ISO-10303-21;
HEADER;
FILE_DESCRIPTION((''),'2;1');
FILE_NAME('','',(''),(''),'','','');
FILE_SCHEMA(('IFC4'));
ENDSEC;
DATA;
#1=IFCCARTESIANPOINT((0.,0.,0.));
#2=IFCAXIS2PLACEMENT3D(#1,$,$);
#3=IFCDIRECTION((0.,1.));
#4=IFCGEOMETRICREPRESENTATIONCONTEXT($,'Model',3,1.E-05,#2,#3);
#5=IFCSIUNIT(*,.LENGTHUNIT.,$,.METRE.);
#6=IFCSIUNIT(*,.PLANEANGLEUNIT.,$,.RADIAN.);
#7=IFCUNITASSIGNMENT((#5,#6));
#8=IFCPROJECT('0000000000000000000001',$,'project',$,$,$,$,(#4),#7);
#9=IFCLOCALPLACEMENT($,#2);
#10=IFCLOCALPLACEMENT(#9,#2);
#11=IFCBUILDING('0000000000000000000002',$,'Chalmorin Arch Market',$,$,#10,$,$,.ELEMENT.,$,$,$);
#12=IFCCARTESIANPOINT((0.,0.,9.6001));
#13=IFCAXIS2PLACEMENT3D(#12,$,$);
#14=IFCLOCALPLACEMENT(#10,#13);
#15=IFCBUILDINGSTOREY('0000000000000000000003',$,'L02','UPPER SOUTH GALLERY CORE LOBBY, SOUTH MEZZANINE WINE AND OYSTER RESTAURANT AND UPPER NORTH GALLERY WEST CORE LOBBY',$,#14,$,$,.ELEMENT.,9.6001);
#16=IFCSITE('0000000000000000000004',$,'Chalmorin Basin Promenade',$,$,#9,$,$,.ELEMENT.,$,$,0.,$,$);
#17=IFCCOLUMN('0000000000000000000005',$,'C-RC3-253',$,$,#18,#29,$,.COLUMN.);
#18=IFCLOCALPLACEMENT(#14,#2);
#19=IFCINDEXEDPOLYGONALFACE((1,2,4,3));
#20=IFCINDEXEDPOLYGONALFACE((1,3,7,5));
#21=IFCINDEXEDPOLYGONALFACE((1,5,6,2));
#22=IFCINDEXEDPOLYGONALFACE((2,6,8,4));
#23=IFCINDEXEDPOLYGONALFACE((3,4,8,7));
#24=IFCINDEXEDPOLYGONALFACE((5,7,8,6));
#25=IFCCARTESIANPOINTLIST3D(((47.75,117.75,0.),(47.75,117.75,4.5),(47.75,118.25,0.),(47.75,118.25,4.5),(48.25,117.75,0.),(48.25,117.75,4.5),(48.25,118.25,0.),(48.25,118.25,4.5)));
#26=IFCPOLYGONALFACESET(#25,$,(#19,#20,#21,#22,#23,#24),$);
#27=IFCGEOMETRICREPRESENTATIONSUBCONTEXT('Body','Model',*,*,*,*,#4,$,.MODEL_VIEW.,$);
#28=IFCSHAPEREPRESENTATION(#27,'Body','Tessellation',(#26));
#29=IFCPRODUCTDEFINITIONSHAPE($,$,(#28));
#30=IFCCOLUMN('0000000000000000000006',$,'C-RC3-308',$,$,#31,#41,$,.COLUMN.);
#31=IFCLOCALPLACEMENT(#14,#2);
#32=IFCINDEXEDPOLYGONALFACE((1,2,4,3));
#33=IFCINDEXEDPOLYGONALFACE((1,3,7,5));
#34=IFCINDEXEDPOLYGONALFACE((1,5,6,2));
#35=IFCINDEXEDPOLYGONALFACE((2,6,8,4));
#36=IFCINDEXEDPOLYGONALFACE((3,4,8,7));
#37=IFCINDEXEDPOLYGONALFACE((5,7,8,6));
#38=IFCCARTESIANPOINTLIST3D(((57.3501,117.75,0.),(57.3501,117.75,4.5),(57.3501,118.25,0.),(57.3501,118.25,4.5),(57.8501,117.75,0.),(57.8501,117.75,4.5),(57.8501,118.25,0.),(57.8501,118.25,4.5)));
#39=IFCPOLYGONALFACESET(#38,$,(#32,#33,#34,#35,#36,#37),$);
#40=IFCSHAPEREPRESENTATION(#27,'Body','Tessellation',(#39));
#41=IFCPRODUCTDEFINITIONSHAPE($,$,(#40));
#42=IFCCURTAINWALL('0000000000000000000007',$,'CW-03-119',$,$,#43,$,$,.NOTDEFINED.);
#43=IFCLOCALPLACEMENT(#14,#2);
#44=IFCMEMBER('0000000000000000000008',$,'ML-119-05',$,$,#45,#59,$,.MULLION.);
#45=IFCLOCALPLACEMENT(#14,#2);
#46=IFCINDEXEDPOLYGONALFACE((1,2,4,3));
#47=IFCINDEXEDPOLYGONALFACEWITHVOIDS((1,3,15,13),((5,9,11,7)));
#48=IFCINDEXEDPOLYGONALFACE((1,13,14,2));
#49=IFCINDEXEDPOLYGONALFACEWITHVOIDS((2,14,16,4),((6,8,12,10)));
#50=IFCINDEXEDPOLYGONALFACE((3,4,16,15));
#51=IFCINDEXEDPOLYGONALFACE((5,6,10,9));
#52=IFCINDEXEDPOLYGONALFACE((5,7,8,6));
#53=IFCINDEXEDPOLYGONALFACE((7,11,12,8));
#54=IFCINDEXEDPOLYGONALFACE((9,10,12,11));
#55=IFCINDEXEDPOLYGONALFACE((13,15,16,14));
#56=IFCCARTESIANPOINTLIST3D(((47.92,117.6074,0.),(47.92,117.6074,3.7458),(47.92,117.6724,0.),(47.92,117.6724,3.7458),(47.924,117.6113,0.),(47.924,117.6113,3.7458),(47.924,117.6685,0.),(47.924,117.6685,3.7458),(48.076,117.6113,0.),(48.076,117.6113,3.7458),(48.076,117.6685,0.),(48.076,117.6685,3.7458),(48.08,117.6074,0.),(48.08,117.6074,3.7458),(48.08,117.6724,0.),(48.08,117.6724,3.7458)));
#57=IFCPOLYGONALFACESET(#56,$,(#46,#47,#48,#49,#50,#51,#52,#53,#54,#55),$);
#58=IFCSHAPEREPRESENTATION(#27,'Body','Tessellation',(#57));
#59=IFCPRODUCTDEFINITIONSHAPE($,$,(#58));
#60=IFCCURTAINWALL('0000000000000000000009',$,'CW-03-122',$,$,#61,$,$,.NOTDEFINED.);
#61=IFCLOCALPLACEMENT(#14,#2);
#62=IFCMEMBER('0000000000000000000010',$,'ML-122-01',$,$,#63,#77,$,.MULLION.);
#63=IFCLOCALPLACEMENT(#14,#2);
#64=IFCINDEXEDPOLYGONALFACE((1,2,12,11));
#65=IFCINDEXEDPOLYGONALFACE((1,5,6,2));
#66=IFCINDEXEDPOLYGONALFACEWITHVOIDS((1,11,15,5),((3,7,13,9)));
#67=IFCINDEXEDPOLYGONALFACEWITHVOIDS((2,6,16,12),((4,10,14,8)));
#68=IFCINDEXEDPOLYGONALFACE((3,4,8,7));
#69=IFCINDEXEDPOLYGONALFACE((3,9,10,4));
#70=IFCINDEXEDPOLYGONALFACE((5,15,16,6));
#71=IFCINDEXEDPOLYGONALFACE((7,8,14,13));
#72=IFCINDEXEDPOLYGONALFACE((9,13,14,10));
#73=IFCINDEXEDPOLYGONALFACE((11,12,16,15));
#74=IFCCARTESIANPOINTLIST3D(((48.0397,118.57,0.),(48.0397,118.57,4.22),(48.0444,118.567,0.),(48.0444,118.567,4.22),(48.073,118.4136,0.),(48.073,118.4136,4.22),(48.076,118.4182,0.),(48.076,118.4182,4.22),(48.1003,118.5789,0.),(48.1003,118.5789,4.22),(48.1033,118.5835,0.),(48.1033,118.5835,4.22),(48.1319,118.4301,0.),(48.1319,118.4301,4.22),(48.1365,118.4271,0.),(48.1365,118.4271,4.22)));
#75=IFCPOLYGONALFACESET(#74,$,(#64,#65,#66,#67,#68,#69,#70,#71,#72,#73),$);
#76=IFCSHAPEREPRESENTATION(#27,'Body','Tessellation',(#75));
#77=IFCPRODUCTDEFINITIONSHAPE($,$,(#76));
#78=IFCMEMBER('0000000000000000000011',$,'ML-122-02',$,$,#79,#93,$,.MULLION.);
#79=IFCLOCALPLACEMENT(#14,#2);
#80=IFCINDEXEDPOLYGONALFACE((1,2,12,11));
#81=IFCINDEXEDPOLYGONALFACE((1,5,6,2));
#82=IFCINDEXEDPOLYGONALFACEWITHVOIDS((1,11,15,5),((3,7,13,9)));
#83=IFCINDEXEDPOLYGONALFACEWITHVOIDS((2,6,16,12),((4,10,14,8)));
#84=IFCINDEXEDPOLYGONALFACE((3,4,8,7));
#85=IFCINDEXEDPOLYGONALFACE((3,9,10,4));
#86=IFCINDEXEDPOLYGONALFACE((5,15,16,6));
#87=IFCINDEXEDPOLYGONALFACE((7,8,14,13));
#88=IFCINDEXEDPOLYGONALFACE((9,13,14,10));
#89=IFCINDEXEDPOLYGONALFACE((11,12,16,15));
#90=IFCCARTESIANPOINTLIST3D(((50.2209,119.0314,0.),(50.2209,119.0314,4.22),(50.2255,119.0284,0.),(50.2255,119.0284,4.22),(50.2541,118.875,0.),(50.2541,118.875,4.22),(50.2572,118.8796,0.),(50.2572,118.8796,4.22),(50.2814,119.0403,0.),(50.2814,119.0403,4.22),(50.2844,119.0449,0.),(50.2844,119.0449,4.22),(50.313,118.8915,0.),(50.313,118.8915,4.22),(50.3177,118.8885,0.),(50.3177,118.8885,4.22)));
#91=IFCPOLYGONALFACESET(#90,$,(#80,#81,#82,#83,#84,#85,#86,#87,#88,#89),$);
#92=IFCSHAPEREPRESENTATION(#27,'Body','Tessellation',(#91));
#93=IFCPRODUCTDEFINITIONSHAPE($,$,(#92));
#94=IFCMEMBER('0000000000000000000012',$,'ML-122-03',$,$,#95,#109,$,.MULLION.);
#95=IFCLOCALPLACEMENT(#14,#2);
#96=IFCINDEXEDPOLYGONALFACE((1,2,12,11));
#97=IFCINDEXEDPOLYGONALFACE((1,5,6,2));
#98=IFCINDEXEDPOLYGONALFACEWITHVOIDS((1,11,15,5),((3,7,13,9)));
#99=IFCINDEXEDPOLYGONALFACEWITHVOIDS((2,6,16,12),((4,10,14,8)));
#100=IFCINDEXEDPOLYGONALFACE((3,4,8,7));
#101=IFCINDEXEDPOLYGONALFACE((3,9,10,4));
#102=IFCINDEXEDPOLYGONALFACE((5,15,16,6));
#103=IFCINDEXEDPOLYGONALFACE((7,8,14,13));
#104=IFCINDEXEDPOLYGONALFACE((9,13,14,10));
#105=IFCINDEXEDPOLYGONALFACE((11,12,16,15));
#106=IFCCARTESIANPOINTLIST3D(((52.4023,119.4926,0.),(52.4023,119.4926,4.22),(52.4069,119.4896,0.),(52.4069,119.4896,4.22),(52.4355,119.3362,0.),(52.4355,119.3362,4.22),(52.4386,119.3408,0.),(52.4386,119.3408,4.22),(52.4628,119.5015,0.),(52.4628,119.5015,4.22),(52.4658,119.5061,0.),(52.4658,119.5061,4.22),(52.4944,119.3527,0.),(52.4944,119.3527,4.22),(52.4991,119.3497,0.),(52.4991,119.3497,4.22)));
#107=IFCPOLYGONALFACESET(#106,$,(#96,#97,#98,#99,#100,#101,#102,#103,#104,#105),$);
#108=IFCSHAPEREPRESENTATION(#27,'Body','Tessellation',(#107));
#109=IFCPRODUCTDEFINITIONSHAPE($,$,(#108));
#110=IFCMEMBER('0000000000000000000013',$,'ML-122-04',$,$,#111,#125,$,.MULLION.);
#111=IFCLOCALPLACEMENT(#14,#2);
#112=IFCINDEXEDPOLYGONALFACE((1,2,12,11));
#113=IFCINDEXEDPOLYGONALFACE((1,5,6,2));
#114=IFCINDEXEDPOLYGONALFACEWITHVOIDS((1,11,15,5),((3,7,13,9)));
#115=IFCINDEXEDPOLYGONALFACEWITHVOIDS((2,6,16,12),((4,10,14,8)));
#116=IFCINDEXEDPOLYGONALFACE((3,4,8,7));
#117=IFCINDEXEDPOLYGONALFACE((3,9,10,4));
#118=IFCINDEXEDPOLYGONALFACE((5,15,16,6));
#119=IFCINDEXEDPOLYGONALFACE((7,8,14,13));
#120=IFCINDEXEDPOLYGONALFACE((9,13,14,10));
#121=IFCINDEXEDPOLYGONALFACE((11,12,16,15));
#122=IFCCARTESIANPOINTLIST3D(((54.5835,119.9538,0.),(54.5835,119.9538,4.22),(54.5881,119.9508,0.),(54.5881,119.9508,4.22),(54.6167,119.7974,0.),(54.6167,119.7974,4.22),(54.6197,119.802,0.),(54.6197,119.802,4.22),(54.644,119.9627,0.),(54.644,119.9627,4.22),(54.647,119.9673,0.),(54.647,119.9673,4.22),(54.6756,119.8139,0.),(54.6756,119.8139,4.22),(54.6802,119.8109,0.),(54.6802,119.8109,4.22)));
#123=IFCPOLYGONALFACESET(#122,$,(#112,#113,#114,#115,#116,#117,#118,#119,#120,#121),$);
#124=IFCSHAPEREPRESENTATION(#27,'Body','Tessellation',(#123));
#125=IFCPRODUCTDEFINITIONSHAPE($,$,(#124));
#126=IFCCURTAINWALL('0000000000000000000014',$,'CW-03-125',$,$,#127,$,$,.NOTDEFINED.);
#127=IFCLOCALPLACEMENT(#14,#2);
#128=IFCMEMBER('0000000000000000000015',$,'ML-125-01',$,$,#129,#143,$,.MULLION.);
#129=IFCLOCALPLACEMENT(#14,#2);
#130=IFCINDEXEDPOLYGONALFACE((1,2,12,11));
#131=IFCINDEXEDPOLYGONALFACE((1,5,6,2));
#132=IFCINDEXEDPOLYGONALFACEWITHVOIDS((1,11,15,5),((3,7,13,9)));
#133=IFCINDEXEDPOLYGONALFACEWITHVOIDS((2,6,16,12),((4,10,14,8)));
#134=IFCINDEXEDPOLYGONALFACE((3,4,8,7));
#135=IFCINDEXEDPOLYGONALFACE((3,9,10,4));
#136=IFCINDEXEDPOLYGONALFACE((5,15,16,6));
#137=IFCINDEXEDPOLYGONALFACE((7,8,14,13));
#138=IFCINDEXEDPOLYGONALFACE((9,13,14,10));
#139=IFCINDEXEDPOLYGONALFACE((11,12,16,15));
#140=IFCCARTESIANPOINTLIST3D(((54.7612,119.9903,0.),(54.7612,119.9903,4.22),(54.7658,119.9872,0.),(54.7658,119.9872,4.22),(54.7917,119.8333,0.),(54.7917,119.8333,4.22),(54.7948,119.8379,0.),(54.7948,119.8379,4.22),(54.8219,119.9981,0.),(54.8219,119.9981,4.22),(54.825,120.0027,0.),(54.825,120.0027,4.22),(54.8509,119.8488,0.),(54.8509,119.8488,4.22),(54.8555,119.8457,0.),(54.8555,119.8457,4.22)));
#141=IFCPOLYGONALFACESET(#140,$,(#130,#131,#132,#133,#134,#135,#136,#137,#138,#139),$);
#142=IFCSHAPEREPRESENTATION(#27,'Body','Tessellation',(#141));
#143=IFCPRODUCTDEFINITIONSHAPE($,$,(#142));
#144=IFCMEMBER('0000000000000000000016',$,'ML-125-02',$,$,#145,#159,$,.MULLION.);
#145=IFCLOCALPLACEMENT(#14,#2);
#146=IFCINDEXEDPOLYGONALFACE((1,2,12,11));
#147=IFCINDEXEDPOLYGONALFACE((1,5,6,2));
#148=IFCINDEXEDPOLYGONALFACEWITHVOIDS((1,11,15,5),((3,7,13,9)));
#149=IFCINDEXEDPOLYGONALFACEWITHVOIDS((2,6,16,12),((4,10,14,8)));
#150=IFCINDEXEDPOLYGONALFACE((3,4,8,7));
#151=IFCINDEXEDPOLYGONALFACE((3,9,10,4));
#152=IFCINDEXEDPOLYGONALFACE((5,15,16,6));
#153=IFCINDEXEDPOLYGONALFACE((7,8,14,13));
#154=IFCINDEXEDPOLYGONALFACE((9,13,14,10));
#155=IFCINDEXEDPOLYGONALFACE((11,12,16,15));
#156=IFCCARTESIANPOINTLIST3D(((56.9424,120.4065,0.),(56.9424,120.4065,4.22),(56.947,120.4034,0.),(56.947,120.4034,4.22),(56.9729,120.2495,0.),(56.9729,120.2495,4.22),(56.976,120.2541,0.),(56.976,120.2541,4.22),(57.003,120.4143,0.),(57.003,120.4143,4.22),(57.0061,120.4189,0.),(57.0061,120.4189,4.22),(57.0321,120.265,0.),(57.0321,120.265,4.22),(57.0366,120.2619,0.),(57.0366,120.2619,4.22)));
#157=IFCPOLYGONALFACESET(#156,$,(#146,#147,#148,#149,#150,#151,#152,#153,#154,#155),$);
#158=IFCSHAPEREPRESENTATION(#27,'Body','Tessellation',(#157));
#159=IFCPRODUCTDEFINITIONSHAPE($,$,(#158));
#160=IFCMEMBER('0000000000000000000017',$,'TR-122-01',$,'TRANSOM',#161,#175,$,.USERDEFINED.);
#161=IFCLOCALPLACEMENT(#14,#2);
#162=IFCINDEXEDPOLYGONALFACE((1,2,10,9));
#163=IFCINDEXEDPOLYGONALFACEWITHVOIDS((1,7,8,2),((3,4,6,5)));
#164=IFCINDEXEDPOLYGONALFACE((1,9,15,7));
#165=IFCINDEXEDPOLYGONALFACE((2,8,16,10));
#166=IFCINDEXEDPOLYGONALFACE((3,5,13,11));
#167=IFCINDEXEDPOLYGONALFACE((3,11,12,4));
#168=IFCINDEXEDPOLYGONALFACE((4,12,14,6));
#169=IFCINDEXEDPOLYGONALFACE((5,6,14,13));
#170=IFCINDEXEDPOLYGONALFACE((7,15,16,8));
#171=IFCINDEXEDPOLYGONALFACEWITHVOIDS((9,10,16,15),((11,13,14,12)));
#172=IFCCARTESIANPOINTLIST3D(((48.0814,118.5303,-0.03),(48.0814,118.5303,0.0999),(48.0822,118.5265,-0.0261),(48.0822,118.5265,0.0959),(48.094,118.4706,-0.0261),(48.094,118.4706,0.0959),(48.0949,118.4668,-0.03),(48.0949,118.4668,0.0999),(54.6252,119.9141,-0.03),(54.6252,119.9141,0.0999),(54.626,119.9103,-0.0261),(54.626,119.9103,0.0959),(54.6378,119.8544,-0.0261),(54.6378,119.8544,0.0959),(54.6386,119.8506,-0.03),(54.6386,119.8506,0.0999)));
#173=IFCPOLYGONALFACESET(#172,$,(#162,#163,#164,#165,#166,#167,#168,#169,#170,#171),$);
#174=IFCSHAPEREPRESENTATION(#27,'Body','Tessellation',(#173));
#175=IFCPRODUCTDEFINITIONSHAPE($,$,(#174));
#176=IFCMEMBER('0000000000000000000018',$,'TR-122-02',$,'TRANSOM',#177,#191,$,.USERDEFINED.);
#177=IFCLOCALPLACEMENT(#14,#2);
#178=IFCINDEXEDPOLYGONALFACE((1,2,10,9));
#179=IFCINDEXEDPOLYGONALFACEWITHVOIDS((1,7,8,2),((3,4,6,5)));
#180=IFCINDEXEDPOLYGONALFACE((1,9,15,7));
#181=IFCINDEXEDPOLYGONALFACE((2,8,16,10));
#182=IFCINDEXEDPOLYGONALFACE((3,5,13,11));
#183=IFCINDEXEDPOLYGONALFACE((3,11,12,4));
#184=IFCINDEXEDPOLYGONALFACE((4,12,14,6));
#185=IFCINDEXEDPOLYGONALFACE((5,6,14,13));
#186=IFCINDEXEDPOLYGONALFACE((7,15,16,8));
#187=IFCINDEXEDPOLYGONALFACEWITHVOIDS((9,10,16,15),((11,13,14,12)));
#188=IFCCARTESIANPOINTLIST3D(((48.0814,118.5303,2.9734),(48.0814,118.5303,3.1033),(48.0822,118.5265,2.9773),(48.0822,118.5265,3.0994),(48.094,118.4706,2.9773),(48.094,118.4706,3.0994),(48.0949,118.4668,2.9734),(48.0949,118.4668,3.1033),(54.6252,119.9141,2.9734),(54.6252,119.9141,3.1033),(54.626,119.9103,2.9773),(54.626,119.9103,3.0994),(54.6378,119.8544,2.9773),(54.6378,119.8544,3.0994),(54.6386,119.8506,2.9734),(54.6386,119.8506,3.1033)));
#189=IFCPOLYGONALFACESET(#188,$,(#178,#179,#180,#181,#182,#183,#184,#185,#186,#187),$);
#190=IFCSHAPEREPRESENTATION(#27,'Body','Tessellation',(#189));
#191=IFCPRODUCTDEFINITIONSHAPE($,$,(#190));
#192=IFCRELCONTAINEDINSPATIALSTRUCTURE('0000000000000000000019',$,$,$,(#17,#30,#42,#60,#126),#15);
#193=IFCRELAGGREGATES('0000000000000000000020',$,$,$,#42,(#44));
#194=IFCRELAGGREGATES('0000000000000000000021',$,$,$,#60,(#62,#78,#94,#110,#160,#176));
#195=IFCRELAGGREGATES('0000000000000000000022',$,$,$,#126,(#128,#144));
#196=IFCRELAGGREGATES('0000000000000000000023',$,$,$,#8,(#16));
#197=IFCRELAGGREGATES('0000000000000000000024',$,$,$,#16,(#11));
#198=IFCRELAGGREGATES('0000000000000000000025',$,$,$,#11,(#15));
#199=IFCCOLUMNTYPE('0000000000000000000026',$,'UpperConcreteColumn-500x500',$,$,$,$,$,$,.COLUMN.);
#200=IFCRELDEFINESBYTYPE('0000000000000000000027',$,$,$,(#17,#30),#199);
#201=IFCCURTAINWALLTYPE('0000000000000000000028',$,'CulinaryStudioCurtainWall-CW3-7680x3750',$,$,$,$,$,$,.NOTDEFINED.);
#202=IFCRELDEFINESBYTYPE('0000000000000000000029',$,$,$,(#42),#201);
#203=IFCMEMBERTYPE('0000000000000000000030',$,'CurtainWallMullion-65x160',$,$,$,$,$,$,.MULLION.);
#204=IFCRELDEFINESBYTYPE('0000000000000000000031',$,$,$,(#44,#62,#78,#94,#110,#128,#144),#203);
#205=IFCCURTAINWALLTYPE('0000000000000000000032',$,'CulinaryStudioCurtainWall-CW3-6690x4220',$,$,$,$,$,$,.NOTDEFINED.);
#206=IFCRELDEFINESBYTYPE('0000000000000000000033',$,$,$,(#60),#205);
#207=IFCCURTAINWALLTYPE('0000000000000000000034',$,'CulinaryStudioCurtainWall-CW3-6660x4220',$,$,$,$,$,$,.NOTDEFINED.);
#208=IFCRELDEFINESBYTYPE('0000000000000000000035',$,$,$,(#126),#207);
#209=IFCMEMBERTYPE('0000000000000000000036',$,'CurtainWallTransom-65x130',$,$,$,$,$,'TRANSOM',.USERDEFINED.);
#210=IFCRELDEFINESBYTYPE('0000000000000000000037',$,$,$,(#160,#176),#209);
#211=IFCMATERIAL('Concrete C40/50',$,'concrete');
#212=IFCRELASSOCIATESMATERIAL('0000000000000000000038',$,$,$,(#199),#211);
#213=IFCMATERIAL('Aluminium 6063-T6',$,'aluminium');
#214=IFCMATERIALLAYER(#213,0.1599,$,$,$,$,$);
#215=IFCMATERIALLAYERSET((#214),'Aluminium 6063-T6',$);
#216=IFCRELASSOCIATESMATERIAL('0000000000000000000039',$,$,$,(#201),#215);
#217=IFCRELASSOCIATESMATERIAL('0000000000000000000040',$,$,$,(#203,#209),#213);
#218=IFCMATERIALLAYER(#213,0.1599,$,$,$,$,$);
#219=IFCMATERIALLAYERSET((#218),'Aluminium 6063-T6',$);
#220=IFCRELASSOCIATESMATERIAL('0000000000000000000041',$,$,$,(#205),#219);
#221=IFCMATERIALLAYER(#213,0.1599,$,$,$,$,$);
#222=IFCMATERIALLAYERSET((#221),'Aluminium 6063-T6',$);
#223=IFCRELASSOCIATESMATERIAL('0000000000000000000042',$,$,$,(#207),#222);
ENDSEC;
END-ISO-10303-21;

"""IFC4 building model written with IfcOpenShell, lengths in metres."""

from ifc_helpers import new_model, si_unit, direction, frame, origin, origin_2d, place, context, subcontext, project, spatial, rectangle, hollow_rectangle, extrude, material, layer, layer_set, material_profile, profile_set, type_object, element, aggregate, save


model = new_model("IFC4")

# Units and contexts
model_context = context("Model", 3, precision=1e-05, world=origin(), true_north=direction((0.0, 1.0)))
body_context = subcontext(model_context, "Body", "Model", "MODEL_VIEW")
ifc_project = project(units=[si_unit("LENGTHUNIT", "METRE"), si_unit("PLANEANGLEUNIT", "RADIAN")], contexts=[model_context])

# Site, building, storey
site_placement = place(None, origin())
site = spatial("IfcSite", under=ifc_project, at=site_placement, Name="Chalmorin Basin Promenade", CompositionType="ELEMENT", RefElevation=0.0)
building_placement = place(site_placement, origin())
building = spatial("IfcBuilding", under=site, at=building_placement, Name="Chalmorin Arch Market", CompositionType="ELEMENT")
storey_placement = place(building_placement, frame((0.0, 0.0, 9.6001)))
storey = spatial("IfcBuildingStorey", under=building, at=storey_placement, Name="L02", Description="UPPER SOUTH GALLERY CORE LOBBY, SOUTH MEZZANINE WINE AND OYSTER RESTAURANT AND UPPER NORTH GALLERY WEST CORE LOBBY", CompositionType="ELEMENT", Elevation=9.6001)

# Columns
ifc_material_1 = material(Name="Concrete C40/50", Category="concrete")
ifc_material_profile_1 = material_profile(ifc_material_1, rectangle(XDim=0.5, YDim=0.5, at=origin_2d()), Name="RC500X500")
ifc_profile_set_1 = profile_set([ifc_material_profile_1], Name="Concrete C40/50")
column_type = type_object("IfcColumnType", Name="UpperConcreteColumn-500x500", PredefinedType="COLUMN", material=ifc_profile_set_1)
for number, where, z_axis, x_axis, name in (
    (1, (48.0, 118.0, 0.0), (0.0, 0.0, 1.0), (1.0, 0.0, 0.0), "C-RC3-253"),
    (2, (57.6001, 118.0, 0.0), (0.0, 0.0, 1.0), (1.0, 0.0, 0.0), "C-RC3-308"),
):
    element("IfcColumn", number, at=place(storey_placement, frame(where, z_axis=z_axis, x_axis=x_axis)), inside=storey, type_object=column_type, Name=name, PredefinedType="COLUMN", context=body_context, shape_type="SweptSolid", body=[
        extrude(rectangle(XDim=0.5, YDim=0.5, at=origin_2d()), origin(), (0.0, 0.0, 1.0), 4.5),
    ])

# Curtain wall, member
ifc_material_2 = material(Name="Aluminium 6063-T6", Category="aluminium")
ifc_layer_1 = layer(ifc_material_2, 0.1599)
ifc_layer_set_1 = layer_set([ifc_layer_1], Name="Aluminium 6063-T6")
curtain_wall_type_1 = type_object("IfcCurtainWallType", Name="CulinaryStudioCurtainWall-CW3-7680x3750", PredefinedType="NOTDEFINED", material=ifc_layer_set_1)
curtain_wall_1_placement = place(storey_placement, origin())
curtain_wall_1 = element("IfcCurtainWall", 3, at=curtain_wall_1_placement, inside=storey, type_object=curtain_wall_type_1, Name="CW-03-119", PredefinedType="NOTDEFINED")
ifc_material_profile_2 = material_profile(ifc_material_2, hollow_rectangle(XDim=0.0649, YDim=0.1599, WallThickness=0.0039, at=origin_2d()), Name="ALU65X160X4")
ifc_profile_set_2 = profile_set([ifc_material_profile_2], Name="Aluminium 6063-T6")
member_type_1 = type_object("IfcMemberType", Name="CurtainWallMullion-65x160", PredefinedType="MULLION", material=ifc_profile_set_2)
member_1_placement = place(storey_placement, frame((48.0, 117.6399, 0.0), z_axis=(0.0, 0.0, 1.0), x_axis=(0.0, 1.0, 0.0)))
member_1 = element("IfcMember", 4, at=member_1_placement, type_object=member_type_1, Name="ML-119-05", PredefinedType="MULLION", context=body_context, shape_type="SweptSolid", body=[
    extrude(hollow_rectangle(XDim=0.0649, YDim=0.1599, WallThickness=0.0039, at=origin_2d()), origin(), (0.0, 0.0, 1.0), 3.7458),
])

# Curtain walls, members
ifc_layer_2 = layer(ifc_material_2, 0.1599)
ifc_layer_set_2 = layer_set([ifc_layer_2], Name="Aluminium 6063-T6")
curtain_wall_type_2 = type_object("IfcCurtainWallType", Name="CulinaryStudioCurtainWall-CW3-6690x4220", PredefinedType="NOTDEFINED", material=ifc_layer_set_2)
curtain_wall_2_placement = place(storey_placement, origin())
curtain_wall_2 = element("IfcCurtainWall", 5, at=curtain_wall_2_placement, inside=storey, type_object=curtain_wall_type_2, Name="CW-03-122", PredefinedType="NOTDEFINED")
member_2_placement = place(storey_placement, frame((48.0881, 118.4985, 0.0), z_axis=(0.0, 0.0, 1.0), x_axis=(0.978148, 0.207912, 0.0)))
member_2 = element("IfcMember", 6, at=member_2_placement, type_object=member_type_1, Name="ML-122-01", PredefinedType="MULLION", context=body_context, shape_type="SweptSolid", body=[
    extrude(hollow_rectangle(XDim=0.0649, YDim=0.1599, WallThickness=0.0039, at=origin_2d()), origin(), (0.0, 0.0, 1.0), 4.22),
])
member_3_placement = place(storey_placement, frame((50.2693, 118.96, 0.0), z_axis=(0.0, 0.0, 1.0), x_axis=(0.978148, 0.207912, 0.0)))
member_3 = element("IfcMember", 7, at=member_3_placement, type_object=member_type_1, Name="ML-122-02", PredefinedType="MULLION", context=body_context, shape_type="SweptSolid", body=[
    extrude(hollow_rectangle(XDim=0.0649, YDim=0.1599, WallThickness=0.0039, at=origin_2d()), origin(), (0.0, 0.0, 1.0), 4.22),
])
member_4_placement = place(storey_placement, frame((52.4507, 119.4211, 0.0), z_axis=(0.0, 0.0, 1.0), x_axis=(0.978148, 0.207912, 0.0)))
member_4 = element("IfcMember", 8, at=member_4_placement, type_object=member_type_1, Name="ML-122-03", PredefinedType="MULLION", context=body_context, shape_type="SweptSolid", body=[
    extrude(hollow_rectangle(XDim=0.0649, YDim=0.1599, WallThickness=0.0039, at=origin_2d()), origin(), (0.0, 0.0, 1.0), 4.22),
])
member_5_placement = place(storey_placement, frame((54.6318, 119.8823, 0.0), z_axis=(0.0, 0.0, 1.0), x_axis=(0.978148, 0.207912, 0.0)))
member_5 = element("IfcMember", 9, at=member_5_placement, type_object=member_type_1, Name="ML-122-04", PredefinedType="MULLION", context=body_context, shape_type="SweptSolid", body=[
    extrude(hollow_rectangle(XDim=0.0649, YDim=0.1599, WallThickness=0.0039, at=origin_2d()), origin(), (0.0, 0.0, 1.0), 4.22),
])
ifc_layer_3 = layer(ifc_material_2, 0.1599)
ifc_layer_set_3 = layer_set([ifc_layer_3], Name="Aluminium 6063-T6")
curtain_wall_type_3 = type_object("IfcCurtainWallType", Name="CulinaryStudioCurtainWall-CW3-6660x4220", PredefinedType="NOTDEFINED", material=ifc_layer_set_3)
curtain_wall_3_placement = place(storey_placement, origin())
curtain_wall_3 = element("IfcCurtainWall", 10, at=curtain_wall_3_placement, inside=storey, type_object=curtain_wall_type_3, Name="CW-03-125", PredefinedType="NOTDEFINED")
member_6_placement = place(storey_placement, frame((54.8083, 119.918, 0.0), z_axis=(0.0, 0.0, 1.0), x_axis=(0.981627, 0.190809, 0.0)))
member_6 = element("IfcMember", 11, at=member_6_placement, type_object=member_type_1, Name="ML-125-01", PredefinedType="MULLION", context=body_context, shape_type="SweptSolid", body=[
    extrude(hollow_rectangle(XDim=0.0649, YDim=0.1599, WallThickness=0.0039, at=origin_2d()), origin(), (0.0, 0.0, 1.0), 4.22),
])
member_7_placement = place(storey_placement, frame((56.9895, 120.3342, 0.0), z_axis=(0.0, 0.0, 1.0), x_axis=(0.981627, 0.190809, 0.0)))
member_7 = element("IfcMember", 12, at=member_7_placement, type_object=member_type_1, Name="ML-125-02", PredefinedType="MULLION", context=body_context, shape_type="SweptSolid", body=[
    extrude(hollow_rectangle(XDim=0.0649, YDim=0.1599, WallThickness=0.0039, at=origin_2d()), origin(), (0.0, 0.0, 1.0), 4.22),
])

# Members
ifc_material_profile_3 = material_profile(ifc_material_2, hollow_rectangle(XDim=0.0649, YDim=0.1299, WallThickness=0.0039, at=origin_2d()), Name="ALU65X130X4")
ifc_profile_set_3 = profile_set([ifc_material_profile_3], Name="Aluminium 6063-T6")
member_type_2 = type_object("IfcMemberType", Name="CurtainWallTransom-65x130", ElementType="TRANSOM", PredefinedType="USERDEFINED", material=ifc_profile_set_3)
member_8_placement = place(storey_placement, frame((48.0881, 118.4985, 0.0349), z_axis=(0.978363, 0.206893, 0.0), x_axis=(-0.206893, 0.978363, 0.0)))
member_8 = element("IfcMember", 13, at=member_8_placement, type_object=member_type_2, Name="TR-122-01", ObjectType="TRANSOM", PredefinedType="USERDEFINED", context=body_context, shape_type="SweptSolid", body=[
    extrude(hollow_rectangle(XDim=0.0649, YDim=0.1299, WallThickness=0.0039, at=origin_2d()), origin(), (0.0, 0.0, 1.0), 6.6885),
])
member_9_placement = place(storey_placement, frame((48.0881, 118.4985, 3.0383), z_axis=(0.978363, 0.206893, 0.0), x_axis=(-0.206893, 0.978363, 0.0)))
member_9 = element("IfcMember", 14, at=member_9_placement, type_object=member_type_2, Name="TR-122-02", ObjectType="TRANSOM", PredefinedType="USERDEFINED", context=body_context, shape_type="SweptSolid", body=[
    extrude(hollow_rectangle(XDim=0.0649, YDim=0.1299, WallThickness=0.0039, at=origin_2d()), origin(), (0.0, 0.0, 1.0), 6.6885),
])

aggregate(curtain_wall_1, [member_1])
aggregate(curtain_wall_2, [member_2, member_3, member_4, member_5, member_8, member_9])
aggregate(curtain_wall_3, [member_6, member_7])

save(model, "model.ifc")
